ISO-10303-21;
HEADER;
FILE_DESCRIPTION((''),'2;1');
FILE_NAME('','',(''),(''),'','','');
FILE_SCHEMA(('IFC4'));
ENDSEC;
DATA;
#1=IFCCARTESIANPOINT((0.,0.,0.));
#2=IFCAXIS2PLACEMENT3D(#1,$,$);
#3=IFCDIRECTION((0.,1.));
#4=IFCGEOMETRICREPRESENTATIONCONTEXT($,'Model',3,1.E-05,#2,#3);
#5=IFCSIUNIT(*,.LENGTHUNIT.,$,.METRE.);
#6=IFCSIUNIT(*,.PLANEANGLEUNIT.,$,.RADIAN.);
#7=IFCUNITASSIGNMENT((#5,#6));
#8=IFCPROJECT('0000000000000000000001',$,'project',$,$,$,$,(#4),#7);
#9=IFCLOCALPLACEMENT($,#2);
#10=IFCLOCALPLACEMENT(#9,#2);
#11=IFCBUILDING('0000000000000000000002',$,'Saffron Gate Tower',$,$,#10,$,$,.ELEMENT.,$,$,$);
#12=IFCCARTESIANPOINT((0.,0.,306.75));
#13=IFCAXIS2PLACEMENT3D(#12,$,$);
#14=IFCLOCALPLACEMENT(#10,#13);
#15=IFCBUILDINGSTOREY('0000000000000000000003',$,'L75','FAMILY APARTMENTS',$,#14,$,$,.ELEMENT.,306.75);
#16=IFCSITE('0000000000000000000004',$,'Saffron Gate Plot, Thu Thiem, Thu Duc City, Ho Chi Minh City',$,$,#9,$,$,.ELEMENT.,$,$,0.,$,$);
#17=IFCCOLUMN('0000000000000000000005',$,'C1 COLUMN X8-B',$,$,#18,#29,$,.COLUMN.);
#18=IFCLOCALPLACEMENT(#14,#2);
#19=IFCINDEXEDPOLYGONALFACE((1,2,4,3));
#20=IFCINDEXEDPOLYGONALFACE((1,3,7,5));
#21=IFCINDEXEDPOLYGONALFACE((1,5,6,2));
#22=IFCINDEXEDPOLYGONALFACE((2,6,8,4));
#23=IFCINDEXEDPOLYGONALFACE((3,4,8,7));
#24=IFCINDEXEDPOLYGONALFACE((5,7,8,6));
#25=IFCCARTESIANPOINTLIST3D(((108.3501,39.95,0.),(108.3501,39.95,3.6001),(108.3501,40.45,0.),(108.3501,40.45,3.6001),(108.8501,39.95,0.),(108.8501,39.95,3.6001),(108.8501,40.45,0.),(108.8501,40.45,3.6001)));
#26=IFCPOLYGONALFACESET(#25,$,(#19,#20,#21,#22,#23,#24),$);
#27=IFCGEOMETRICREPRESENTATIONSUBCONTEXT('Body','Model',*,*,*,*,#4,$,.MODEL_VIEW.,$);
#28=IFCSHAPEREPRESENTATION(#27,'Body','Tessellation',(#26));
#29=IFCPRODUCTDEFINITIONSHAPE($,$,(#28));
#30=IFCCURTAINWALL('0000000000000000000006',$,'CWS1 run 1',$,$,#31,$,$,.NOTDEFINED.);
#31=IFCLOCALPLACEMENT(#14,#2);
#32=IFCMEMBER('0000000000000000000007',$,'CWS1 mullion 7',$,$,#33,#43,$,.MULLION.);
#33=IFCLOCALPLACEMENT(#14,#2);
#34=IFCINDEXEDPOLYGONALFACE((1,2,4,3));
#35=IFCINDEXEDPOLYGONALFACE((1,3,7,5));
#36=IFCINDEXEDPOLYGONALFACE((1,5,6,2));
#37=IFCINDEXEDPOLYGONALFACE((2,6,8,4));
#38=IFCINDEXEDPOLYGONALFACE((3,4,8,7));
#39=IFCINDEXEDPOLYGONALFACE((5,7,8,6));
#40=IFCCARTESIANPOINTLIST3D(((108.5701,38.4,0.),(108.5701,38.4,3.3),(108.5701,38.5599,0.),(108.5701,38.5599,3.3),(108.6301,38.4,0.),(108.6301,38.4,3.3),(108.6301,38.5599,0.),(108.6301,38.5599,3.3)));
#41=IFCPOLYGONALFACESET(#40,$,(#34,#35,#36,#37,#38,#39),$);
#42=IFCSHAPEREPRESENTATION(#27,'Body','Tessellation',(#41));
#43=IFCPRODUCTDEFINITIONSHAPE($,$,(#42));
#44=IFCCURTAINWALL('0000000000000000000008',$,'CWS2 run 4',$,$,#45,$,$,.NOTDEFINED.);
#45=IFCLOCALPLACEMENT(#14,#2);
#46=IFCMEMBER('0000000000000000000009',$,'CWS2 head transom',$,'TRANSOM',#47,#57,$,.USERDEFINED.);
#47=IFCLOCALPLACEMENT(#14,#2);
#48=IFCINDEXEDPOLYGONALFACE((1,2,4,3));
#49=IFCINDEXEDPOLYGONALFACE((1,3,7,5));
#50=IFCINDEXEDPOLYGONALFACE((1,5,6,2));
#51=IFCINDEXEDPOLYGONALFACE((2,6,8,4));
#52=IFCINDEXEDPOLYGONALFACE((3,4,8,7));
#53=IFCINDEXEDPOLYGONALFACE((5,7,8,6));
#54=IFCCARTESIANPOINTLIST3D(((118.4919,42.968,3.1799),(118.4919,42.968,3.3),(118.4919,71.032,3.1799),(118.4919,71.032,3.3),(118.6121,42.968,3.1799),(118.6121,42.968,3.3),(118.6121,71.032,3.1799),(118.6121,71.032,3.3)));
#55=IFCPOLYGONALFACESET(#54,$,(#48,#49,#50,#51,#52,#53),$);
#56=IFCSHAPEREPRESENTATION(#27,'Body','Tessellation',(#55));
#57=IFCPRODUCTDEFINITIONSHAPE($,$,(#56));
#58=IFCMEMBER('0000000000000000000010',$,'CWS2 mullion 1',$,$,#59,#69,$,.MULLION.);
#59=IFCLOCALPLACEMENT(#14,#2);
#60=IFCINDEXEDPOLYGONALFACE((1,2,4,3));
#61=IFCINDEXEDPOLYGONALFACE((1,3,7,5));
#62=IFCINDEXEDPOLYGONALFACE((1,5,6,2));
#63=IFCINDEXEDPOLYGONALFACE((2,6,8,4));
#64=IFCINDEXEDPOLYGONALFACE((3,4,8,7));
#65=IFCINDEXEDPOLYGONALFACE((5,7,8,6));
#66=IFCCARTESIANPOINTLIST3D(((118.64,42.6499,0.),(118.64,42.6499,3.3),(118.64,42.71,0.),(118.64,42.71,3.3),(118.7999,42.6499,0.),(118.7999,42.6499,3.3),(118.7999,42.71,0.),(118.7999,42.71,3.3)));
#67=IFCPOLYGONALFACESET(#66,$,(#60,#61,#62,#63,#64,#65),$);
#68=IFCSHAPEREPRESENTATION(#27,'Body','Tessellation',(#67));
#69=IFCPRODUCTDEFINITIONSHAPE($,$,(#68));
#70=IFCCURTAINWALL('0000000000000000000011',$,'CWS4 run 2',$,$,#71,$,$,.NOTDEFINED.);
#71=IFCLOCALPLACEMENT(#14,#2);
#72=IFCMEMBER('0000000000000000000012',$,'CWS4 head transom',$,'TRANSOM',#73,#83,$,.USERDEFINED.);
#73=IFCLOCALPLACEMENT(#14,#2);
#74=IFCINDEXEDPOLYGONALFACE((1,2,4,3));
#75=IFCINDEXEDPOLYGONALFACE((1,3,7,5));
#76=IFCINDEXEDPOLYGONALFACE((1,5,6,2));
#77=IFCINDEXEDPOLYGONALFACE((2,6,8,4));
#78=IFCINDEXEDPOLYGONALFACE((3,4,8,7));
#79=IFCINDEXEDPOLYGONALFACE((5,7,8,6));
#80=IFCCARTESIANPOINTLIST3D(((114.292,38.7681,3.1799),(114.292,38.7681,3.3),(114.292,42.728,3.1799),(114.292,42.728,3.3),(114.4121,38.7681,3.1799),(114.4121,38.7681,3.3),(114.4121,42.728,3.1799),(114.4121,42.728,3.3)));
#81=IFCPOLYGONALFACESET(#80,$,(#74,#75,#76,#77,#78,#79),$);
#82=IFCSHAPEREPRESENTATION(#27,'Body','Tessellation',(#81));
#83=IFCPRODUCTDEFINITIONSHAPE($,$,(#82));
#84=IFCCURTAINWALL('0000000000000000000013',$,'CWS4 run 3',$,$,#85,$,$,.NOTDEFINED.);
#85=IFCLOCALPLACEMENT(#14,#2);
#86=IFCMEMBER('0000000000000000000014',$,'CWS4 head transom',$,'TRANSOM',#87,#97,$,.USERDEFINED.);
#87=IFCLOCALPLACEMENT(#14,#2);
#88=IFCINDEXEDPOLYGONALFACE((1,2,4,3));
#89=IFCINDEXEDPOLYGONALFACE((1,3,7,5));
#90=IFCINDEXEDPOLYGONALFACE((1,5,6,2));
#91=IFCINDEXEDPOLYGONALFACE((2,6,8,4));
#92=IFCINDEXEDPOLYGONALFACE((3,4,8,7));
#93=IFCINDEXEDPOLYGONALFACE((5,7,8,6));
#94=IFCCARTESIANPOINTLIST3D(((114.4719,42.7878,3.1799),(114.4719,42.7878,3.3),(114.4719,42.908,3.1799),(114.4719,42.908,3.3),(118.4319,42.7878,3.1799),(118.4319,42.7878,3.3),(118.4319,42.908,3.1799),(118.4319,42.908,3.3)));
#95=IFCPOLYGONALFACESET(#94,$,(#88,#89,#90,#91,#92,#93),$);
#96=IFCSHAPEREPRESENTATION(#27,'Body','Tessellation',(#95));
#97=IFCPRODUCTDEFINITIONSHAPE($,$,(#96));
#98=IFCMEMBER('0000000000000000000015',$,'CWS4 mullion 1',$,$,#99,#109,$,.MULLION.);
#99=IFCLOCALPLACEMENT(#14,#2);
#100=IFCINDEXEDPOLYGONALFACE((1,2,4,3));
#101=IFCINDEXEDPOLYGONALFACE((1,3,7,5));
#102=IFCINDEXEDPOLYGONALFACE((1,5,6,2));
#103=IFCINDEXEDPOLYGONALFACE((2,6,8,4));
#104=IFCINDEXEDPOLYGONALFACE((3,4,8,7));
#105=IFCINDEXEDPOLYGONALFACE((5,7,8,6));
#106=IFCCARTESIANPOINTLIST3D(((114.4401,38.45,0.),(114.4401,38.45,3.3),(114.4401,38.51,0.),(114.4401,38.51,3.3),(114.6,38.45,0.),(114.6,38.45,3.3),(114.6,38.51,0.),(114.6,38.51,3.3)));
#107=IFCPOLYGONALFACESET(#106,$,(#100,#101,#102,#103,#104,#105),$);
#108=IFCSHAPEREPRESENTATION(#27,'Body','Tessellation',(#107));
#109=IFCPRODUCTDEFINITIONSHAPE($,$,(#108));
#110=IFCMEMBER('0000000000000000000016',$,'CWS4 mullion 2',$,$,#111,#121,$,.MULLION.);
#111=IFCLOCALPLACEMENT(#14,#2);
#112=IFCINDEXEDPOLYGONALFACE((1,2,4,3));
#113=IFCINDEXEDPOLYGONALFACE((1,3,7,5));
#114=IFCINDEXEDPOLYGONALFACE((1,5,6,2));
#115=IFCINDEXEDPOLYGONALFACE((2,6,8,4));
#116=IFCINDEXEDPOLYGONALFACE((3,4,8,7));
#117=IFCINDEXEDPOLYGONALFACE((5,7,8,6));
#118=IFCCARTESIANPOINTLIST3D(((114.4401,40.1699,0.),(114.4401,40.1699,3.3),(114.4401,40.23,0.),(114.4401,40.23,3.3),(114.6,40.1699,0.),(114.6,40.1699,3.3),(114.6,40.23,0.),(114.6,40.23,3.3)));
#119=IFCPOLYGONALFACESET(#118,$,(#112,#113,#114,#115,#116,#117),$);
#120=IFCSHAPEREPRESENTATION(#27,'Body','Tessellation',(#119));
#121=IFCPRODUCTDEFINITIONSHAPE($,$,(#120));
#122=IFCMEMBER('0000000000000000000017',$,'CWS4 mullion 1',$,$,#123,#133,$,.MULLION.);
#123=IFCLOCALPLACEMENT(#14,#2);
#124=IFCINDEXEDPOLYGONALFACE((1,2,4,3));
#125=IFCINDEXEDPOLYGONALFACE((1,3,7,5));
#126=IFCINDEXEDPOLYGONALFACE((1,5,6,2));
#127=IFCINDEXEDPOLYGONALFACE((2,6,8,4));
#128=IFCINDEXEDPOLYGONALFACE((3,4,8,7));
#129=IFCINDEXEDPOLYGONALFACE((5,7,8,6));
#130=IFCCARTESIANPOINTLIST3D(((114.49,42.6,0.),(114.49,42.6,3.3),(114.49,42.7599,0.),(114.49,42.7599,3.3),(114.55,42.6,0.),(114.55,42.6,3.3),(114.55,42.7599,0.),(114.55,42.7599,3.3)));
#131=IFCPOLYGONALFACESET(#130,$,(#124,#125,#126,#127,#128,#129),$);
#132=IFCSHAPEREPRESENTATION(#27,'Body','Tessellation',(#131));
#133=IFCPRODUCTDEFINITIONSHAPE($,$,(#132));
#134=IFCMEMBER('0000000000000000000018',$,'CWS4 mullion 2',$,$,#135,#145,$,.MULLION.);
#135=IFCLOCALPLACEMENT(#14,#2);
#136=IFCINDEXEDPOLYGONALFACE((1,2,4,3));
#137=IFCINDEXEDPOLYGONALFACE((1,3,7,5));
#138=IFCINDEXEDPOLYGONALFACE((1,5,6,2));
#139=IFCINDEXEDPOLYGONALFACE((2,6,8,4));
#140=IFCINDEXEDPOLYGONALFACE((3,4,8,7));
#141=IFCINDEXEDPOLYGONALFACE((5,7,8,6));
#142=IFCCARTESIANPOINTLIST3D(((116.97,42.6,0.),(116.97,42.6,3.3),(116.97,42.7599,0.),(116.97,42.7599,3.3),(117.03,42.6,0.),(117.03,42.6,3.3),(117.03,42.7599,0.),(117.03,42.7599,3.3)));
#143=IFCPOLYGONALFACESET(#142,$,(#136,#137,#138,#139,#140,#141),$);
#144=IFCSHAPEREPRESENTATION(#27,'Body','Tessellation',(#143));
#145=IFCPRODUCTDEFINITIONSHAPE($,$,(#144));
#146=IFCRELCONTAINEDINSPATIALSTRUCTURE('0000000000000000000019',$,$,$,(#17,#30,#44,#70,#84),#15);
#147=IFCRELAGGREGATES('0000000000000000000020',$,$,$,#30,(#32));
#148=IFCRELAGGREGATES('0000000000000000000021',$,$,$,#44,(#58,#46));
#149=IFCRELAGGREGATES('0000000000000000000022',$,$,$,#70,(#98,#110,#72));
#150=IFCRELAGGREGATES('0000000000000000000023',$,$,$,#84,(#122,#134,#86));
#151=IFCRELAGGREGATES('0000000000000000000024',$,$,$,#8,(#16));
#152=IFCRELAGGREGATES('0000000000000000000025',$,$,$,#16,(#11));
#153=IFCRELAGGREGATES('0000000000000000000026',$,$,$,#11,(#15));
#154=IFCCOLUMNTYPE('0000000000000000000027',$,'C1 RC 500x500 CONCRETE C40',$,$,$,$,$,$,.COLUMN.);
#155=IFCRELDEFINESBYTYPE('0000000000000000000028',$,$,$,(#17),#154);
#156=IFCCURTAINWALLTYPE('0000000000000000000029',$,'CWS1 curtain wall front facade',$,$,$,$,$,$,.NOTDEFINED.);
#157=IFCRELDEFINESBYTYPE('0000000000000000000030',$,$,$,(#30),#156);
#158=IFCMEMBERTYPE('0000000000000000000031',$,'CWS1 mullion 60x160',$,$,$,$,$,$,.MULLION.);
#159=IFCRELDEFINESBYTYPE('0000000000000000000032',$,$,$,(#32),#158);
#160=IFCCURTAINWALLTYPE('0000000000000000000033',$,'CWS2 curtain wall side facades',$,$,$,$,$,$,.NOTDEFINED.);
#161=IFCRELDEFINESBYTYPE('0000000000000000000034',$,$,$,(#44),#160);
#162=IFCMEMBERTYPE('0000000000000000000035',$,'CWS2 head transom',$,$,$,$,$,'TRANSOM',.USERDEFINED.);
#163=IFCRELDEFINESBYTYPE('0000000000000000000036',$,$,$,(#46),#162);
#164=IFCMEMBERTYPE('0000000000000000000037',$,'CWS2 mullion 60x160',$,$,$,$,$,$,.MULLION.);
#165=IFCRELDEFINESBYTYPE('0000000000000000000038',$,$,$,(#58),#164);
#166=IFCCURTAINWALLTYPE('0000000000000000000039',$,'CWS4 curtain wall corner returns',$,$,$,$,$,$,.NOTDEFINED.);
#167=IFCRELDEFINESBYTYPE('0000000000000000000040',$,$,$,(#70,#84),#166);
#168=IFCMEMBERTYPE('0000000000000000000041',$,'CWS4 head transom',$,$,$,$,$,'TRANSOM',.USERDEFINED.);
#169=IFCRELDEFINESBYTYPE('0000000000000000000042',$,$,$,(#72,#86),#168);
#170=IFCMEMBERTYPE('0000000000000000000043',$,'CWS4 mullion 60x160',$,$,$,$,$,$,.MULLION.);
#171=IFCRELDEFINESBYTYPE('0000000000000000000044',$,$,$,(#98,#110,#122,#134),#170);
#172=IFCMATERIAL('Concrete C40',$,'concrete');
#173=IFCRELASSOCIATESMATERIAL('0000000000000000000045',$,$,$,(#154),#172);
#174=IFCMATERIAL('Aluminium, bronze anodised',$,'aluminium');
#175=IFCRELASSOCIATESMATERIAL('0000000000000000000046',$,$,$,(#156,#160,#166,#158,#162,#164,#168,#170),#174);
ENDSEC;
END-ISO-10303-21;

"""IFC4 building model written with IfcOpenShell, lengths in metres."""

from ifc_helpers import new_model, si_unit, direction, frame, origin, origin_2d, place, context, subcontext, project, spatial, rectangle, extrude, material, material_profile, profile_set, type_object, element, aggregate, save


model = new_model("IFC4")

# Units and contexts
model_context = context("Model", 3, precision=1e-05, world=origin(), true_north=direction((0.0, 1.0)))
body_context = subcontext(model_context, "Body", "Model", "MODEL_VIEW")
ifc_project = project(units=[si_unit("LENGTHUNIT", "METRE"), si_unit("PLANEANGLEUNIT", "RADIAN")], contexts=[model_context])

# Site, building, storey
site_placement = place(None, origin())
site = spatial("IfcSite", under=ifc_project, at=site_placement, Name="Saffron Gate Plot, Thu Thiem, Thu Duc City, Ho Chi Minh City", CompositionType="ELEMENT", RefElevation=0.0)
building_placement = place(site_placement, origin())
building = spatial("IfcBuilding", under=site, at=building_placement, Name="Saffron Gate Tower", CompositionType="ELEMENT")
storey_placement = place(building_placement, frame((0.0, 0.0, 306.75)))
storey = spatial("IfcBuildingStorey", under=building, at=storey_placement, Name="L75", Description="FAMILY APARTMENTS", CompositionType="ELEMENT", Elevation=306.75)

# Column
ifc_material_1 = material(Name="Concrete C40", Category="concrete")
ifc_material_profile_1 = material_profile(ifc_material_1, rectangle(XDim=0.5, YDim=0.5, at=origin_2d()))
ifc_profile_set_1 = profile_set([ifc_material_profile_1], Name="Concrete C40")
column_type = type_object("IfcColumnType", Name="C1 RC 500x500 CONCRETE C40", PredefinedType="COLUMN", material=ifc_profile_set_1)
column_placement = place(storey_placement, frame((108.6001, 40.2, 0.0), z_axis=(0.0, 0.0, 1.0), x_axis=(1.0, 0.0, 0.0)))
element("IfcColumn", 1, at=column_placement, inside=storey, type_object=column_type, Name="C1 COLUMN X8-B", PredefinedType="COLUMN", context=body_context, shape_type="SweptSolid", body=[
    extrude(rectangle(XDim=0.5, YDim=0.5, at=origin_2d()), origin(), (0.0, 0.0, 1.0), 3.6001),
])

# Curtain wall, member
ifc_material_2 = material(Name="Aluminium, bronze anodised", Category="aluminium")
curtain_wall_type_1 = type_object("IfcCurtainWallType", Name="CWS1 curtain wall front facade", PredefinedType="NOTDEFINED", material=ifc_material_2)
curtain_wall_1_placement = place(storey_placement, origin())
curtain_wall_1 = element("IfcCurtainWall", 2, at=curtain_wall_1_placement, inside=storey, type_object=curtain_wall_type_1, Name="CWS1 run 1", PredefinedType="NOTDEFINED")
ifc_material_profile_2 = material_profile(ifc_material_2, rectangle(XDim=0.1599, YDim=0.0601, at=origin_2d()))
ifc_profile_set_2 = profile_set([ifc_material_profile_2], Name="Aluminium, bronze anodised")
member_type_1 = type_object("IfcMemberType", Name="CWS1 mullion 60x160", PredefinedType="MULLION", material=ifc_profile_set_2)
member_1_placement = place(storey_placement, frame((108.6001, 38.48, 0.0), z_axis=(0.0, 0.0, 1.0), x_axis=(0.0, 1.0, 0.0)))
member_1 = element("IfcMember", 3, at=member_1_placement, type_object=member_type_1, Name="CWS1 mullion 7", PredefinedType="MULLION", context=body_context, shape_type="SweptSolid", body=[
    extrude(rectangle(XDim=0.1599, YDim=0.0601, at=origin_2d()), origin(), (0.0, 0.0, 1.0), 3.3),
])
aggregate(curtain_wall_1, [member_1])

# Curtain wall, members
curtain_wall_type_2 = type_object("IfcCurtainWallType", Name="CWS2 curtain wall side facades", PredefinedType="NOTDEFINED", material=ifc_material_2)
curtain_wall_2_placement = place(storey_placement, origin())
curtain_wall_2 = element("IfcCurtainWall", 4, at=curtain_wall_2_placement, inside=storey, type_object=curtain_wall_type_2, Name="CWS2 run 4", PredefinedType="NOTDEFINED")
ifc_material_profile_3 = material_profile(ifc_material_2, rectangle(XDim=0.1201, YDim=0.1201, at=origin_2d()))
ifc_profile_set_3 = profile_set([ifc_material_profile_3], Name="Aluminium, bronze anodised")
member_type_2 = type_object("IfcMemberType", Name="CWS2 head transom", ElementType="TRANSOM", PredefinedType="USERDEFINED", material=ifc_profile_set_3)
member_2_placement = place(storey_placement, frame((118.552, 42.968, 3.24), z_axis=(0.0, 1.0, 0.0), x_axis=(-1.0, 0.0, 0.0)))
member_2 = element("IfcMember", 5, at=member_2_placement, type_object=member_type_2, Name="CWS2 head transom", ObjectType="TRANSOM", PredefinedType="USERDEFINED", context=body_context, shape_type="SweptSolid", body=[
    extrude(rectangle(XDim=0.1201, YDim=0.1201, at=origin_2d()), origin(), (0.0, 0.0, 1.0), 28.064),
])
ifc_material_profile_4 = material_profile(ifc_material_2, rectangle(XDim=0.1599, YDim=0.0601, at=origin_2d()))
ifc_profile_set_4 = profile_set([ifc_material_profile_4], Name="Aluminium, bronze anodised")
member_type_3 = type_object("IfcMemberType", Name="CWS2 mullion 60x160", PredefinedType="MULLION", material=ifc_profile_set_4)
member_3_placement = place(storey_placement, frame((118.72, 42.6799, 0.0), z_axis=(0.0, 0.0, 1.0), x_axis=(-1.0, 0.0, 0.0)))
member_3 = element("IfcMember", 6, at=member_3_placement, type_object=member_type_3, Name="CWS2 mullion 1", PredefinedType="MULLION", context=body_context, shape_type="SweptSolid", body=[
    extrude(rectangle(XDim=0.1599, YDim=0.0601, at=origin_2d()), origin(), (0.0, 0.0, 1.0), 3.3),
])

# Curtain walls, members
curtain_wall_type_3 = type_object("IfcCurtainWallType", Name="CWS4 curtain wall corner returns", PredefinedType="NOTDEFINED", material=ifc_material_2)
curtain_wall_3_placement = place(storey_placement, origin())
curtain_wall_3 = element("IfcCurtainWall", 7, at=curtain_wall_3_placement, inside=storey, type_object=curtain_wall_type_3, Name="CWS4 run 2", PredefinedType="NOTDEFINED")
ifc_material_profile_5 = material_profile(ifc_material_2, rectangle(XDim=0.1201, YDim=0.1201, at=origin_2d()))
ifc_profile_set_5 = profile_set([ifc_material_profile_5], Name="Aluminium, bronze anodised")
member_type_4 = type_object("IfcMemberType", Name="CWS4 head transom", ElementType="TRANSOM", PredefinedType="USERDEFINED", material=ifc_profile_set_5)
member_4_placement = place(storey_placement, frame((114.3521, 38.7681, 3.24), z_axis=(0.0, 1.0, 0.0), x_axis=(-1.0, 0.0, 0.0)))
member_4 = element("IfcMember", 8, at=member_4_placement, type_object=member_type_4, Name="CWS4 head transom", ObjectType="TRANSOM", PredefinedType="USERDEFINED", context=body_context, shape_type="SweptSolid", body=[
    extrude(rectangle(XDim=0.1201, YDim=0.1201, at=origin_2d()), origin(), (0.0, 0.0, 1.0), 3.96),
])
curtain_wall_4_placement = place(storey_placement, origin())
curtain_wall_4 = element("IfcCurtainWall", 9, at=curtain_wall_4_placement, inside=storey, type_object=curtain_wall_type_3, Name="CWS4 run 3", PredefinedType="NOTDEFINED")
member_5_placement = place(storey_placement, frame((114.4719, 42.8479, 3.24), z_axis=(1.0, 0.0, 0.0), x_axis=(0.0, 1.0, 0.0)))
member_5 = element("IfcMember", 10, at=member_5_placement, type_object=member_type_4, Name="CWS4 head transom", ObjectType="TRANSOM", PredefinedType="USERDEFINED", context=body_context, shape_type="SweptSolid", body=[
    extrude(rectangle(XDim=0.1201, YDim=0.1201, at=origin_2d()), origin(), (0.0, 0.0, 1.0), 3.96),
])

# Members
ifc_material_profile_6 = material_profile(ifc_material_2, rectangle(XDim=0.1599, YDim=0.0601, at=origin_2d()))
ifc_profile_set_6 = profile_set([ifc_material_profile_6], Name="Aluminium, bronze anodised")
member_type_5 = type_object("IfcMemberType", Name="CWS4 mullion 60x160", PredefinedType="MULLION", material=ifc_profile_set_6)
member_6_placement = place(storey_placement, frame((114.52, 38.48, 0.0), z_axis=(0.0, 0.0, 1.0), x_axis=(-1.0, 0.0, 0.0)))
member_6 = element("IfcMember", 11, at=member_6_placement, type_object=member_type_5, Name="CWS4 mullion 1", PredefinedType="MULLION", context=body_context, shape_type="SweptSolid", body=[
    extrude(rectangle(XDim=0.1599, YDim=0.0601, at=origin_2d()), origin(), (0.0, 0.0, 1.0), 3.3),
])
member_7_placement = place(storey_placement, frame((114.52, 40.2, 0.0), z_axis=(0.0, 0.0, 1.0), x_axis=(-1.0, 0.0, 0.0)))
member_7 = element("IfcMember", 12, at=member_7_placement, type_object=member_type_5, Name="CWS4 mullion 2", PredefinedType="MULLION", context=body_context, shape_type="SweptSolid", body=[
    extrude(rectangle(XDim=0.1599, YDim=0.0601, at=origin_2d()), origin(), (0.0, 0.0, 1.0), 3.3),
])
member_8_placement = place(storey_placement, frame((114.52, 42.6799, 0.0), z_axis=(0.0, 0.0, 1.0), x_axis=(0.0, 1.0, 0.0)))
member_8 = element("IfcMember", 13, at=member_8_placement, type_object=member_type_5, Name="CWS4 mullion 1", PredefinedType="MULLION", context=body_context, shape_type="SweptSolid", body=[
    extrude(rectangle(XDim=0.1599, YDim=0.0601, at=origin_2d()), origin(), (0.0, 0.0, 1.0), 3.3),
])
member_9_placement = place(storey_placement, frame((117.0, 42.6799, 0.0), z_axis=(0.0, 0.0, 1.0), x_axis=(0.0, 1.0, 0.0)))
member_9 = element("IfcMember", 14, at=member_9_placement, type_object=member_type_5, Name="CWS4 mullion 2", PredefinedType="MULLION", context=body_context, shape_type="SweptSolid", body=[
    extrude(rectangle(XDim=0.1599, YDim=0.0601, at=origin_2d()), origin(), (0.0, 0.0, 1.0), 3.3),
])

aggregate(curtain_wall_2, [member_3, member_2])

aggregate(curtain_wall_3, [member_6, member_7, member_4])
aggregate(curtain_wall_4, [member_8, member_9, member_5])

save(model, "model.ifc")
